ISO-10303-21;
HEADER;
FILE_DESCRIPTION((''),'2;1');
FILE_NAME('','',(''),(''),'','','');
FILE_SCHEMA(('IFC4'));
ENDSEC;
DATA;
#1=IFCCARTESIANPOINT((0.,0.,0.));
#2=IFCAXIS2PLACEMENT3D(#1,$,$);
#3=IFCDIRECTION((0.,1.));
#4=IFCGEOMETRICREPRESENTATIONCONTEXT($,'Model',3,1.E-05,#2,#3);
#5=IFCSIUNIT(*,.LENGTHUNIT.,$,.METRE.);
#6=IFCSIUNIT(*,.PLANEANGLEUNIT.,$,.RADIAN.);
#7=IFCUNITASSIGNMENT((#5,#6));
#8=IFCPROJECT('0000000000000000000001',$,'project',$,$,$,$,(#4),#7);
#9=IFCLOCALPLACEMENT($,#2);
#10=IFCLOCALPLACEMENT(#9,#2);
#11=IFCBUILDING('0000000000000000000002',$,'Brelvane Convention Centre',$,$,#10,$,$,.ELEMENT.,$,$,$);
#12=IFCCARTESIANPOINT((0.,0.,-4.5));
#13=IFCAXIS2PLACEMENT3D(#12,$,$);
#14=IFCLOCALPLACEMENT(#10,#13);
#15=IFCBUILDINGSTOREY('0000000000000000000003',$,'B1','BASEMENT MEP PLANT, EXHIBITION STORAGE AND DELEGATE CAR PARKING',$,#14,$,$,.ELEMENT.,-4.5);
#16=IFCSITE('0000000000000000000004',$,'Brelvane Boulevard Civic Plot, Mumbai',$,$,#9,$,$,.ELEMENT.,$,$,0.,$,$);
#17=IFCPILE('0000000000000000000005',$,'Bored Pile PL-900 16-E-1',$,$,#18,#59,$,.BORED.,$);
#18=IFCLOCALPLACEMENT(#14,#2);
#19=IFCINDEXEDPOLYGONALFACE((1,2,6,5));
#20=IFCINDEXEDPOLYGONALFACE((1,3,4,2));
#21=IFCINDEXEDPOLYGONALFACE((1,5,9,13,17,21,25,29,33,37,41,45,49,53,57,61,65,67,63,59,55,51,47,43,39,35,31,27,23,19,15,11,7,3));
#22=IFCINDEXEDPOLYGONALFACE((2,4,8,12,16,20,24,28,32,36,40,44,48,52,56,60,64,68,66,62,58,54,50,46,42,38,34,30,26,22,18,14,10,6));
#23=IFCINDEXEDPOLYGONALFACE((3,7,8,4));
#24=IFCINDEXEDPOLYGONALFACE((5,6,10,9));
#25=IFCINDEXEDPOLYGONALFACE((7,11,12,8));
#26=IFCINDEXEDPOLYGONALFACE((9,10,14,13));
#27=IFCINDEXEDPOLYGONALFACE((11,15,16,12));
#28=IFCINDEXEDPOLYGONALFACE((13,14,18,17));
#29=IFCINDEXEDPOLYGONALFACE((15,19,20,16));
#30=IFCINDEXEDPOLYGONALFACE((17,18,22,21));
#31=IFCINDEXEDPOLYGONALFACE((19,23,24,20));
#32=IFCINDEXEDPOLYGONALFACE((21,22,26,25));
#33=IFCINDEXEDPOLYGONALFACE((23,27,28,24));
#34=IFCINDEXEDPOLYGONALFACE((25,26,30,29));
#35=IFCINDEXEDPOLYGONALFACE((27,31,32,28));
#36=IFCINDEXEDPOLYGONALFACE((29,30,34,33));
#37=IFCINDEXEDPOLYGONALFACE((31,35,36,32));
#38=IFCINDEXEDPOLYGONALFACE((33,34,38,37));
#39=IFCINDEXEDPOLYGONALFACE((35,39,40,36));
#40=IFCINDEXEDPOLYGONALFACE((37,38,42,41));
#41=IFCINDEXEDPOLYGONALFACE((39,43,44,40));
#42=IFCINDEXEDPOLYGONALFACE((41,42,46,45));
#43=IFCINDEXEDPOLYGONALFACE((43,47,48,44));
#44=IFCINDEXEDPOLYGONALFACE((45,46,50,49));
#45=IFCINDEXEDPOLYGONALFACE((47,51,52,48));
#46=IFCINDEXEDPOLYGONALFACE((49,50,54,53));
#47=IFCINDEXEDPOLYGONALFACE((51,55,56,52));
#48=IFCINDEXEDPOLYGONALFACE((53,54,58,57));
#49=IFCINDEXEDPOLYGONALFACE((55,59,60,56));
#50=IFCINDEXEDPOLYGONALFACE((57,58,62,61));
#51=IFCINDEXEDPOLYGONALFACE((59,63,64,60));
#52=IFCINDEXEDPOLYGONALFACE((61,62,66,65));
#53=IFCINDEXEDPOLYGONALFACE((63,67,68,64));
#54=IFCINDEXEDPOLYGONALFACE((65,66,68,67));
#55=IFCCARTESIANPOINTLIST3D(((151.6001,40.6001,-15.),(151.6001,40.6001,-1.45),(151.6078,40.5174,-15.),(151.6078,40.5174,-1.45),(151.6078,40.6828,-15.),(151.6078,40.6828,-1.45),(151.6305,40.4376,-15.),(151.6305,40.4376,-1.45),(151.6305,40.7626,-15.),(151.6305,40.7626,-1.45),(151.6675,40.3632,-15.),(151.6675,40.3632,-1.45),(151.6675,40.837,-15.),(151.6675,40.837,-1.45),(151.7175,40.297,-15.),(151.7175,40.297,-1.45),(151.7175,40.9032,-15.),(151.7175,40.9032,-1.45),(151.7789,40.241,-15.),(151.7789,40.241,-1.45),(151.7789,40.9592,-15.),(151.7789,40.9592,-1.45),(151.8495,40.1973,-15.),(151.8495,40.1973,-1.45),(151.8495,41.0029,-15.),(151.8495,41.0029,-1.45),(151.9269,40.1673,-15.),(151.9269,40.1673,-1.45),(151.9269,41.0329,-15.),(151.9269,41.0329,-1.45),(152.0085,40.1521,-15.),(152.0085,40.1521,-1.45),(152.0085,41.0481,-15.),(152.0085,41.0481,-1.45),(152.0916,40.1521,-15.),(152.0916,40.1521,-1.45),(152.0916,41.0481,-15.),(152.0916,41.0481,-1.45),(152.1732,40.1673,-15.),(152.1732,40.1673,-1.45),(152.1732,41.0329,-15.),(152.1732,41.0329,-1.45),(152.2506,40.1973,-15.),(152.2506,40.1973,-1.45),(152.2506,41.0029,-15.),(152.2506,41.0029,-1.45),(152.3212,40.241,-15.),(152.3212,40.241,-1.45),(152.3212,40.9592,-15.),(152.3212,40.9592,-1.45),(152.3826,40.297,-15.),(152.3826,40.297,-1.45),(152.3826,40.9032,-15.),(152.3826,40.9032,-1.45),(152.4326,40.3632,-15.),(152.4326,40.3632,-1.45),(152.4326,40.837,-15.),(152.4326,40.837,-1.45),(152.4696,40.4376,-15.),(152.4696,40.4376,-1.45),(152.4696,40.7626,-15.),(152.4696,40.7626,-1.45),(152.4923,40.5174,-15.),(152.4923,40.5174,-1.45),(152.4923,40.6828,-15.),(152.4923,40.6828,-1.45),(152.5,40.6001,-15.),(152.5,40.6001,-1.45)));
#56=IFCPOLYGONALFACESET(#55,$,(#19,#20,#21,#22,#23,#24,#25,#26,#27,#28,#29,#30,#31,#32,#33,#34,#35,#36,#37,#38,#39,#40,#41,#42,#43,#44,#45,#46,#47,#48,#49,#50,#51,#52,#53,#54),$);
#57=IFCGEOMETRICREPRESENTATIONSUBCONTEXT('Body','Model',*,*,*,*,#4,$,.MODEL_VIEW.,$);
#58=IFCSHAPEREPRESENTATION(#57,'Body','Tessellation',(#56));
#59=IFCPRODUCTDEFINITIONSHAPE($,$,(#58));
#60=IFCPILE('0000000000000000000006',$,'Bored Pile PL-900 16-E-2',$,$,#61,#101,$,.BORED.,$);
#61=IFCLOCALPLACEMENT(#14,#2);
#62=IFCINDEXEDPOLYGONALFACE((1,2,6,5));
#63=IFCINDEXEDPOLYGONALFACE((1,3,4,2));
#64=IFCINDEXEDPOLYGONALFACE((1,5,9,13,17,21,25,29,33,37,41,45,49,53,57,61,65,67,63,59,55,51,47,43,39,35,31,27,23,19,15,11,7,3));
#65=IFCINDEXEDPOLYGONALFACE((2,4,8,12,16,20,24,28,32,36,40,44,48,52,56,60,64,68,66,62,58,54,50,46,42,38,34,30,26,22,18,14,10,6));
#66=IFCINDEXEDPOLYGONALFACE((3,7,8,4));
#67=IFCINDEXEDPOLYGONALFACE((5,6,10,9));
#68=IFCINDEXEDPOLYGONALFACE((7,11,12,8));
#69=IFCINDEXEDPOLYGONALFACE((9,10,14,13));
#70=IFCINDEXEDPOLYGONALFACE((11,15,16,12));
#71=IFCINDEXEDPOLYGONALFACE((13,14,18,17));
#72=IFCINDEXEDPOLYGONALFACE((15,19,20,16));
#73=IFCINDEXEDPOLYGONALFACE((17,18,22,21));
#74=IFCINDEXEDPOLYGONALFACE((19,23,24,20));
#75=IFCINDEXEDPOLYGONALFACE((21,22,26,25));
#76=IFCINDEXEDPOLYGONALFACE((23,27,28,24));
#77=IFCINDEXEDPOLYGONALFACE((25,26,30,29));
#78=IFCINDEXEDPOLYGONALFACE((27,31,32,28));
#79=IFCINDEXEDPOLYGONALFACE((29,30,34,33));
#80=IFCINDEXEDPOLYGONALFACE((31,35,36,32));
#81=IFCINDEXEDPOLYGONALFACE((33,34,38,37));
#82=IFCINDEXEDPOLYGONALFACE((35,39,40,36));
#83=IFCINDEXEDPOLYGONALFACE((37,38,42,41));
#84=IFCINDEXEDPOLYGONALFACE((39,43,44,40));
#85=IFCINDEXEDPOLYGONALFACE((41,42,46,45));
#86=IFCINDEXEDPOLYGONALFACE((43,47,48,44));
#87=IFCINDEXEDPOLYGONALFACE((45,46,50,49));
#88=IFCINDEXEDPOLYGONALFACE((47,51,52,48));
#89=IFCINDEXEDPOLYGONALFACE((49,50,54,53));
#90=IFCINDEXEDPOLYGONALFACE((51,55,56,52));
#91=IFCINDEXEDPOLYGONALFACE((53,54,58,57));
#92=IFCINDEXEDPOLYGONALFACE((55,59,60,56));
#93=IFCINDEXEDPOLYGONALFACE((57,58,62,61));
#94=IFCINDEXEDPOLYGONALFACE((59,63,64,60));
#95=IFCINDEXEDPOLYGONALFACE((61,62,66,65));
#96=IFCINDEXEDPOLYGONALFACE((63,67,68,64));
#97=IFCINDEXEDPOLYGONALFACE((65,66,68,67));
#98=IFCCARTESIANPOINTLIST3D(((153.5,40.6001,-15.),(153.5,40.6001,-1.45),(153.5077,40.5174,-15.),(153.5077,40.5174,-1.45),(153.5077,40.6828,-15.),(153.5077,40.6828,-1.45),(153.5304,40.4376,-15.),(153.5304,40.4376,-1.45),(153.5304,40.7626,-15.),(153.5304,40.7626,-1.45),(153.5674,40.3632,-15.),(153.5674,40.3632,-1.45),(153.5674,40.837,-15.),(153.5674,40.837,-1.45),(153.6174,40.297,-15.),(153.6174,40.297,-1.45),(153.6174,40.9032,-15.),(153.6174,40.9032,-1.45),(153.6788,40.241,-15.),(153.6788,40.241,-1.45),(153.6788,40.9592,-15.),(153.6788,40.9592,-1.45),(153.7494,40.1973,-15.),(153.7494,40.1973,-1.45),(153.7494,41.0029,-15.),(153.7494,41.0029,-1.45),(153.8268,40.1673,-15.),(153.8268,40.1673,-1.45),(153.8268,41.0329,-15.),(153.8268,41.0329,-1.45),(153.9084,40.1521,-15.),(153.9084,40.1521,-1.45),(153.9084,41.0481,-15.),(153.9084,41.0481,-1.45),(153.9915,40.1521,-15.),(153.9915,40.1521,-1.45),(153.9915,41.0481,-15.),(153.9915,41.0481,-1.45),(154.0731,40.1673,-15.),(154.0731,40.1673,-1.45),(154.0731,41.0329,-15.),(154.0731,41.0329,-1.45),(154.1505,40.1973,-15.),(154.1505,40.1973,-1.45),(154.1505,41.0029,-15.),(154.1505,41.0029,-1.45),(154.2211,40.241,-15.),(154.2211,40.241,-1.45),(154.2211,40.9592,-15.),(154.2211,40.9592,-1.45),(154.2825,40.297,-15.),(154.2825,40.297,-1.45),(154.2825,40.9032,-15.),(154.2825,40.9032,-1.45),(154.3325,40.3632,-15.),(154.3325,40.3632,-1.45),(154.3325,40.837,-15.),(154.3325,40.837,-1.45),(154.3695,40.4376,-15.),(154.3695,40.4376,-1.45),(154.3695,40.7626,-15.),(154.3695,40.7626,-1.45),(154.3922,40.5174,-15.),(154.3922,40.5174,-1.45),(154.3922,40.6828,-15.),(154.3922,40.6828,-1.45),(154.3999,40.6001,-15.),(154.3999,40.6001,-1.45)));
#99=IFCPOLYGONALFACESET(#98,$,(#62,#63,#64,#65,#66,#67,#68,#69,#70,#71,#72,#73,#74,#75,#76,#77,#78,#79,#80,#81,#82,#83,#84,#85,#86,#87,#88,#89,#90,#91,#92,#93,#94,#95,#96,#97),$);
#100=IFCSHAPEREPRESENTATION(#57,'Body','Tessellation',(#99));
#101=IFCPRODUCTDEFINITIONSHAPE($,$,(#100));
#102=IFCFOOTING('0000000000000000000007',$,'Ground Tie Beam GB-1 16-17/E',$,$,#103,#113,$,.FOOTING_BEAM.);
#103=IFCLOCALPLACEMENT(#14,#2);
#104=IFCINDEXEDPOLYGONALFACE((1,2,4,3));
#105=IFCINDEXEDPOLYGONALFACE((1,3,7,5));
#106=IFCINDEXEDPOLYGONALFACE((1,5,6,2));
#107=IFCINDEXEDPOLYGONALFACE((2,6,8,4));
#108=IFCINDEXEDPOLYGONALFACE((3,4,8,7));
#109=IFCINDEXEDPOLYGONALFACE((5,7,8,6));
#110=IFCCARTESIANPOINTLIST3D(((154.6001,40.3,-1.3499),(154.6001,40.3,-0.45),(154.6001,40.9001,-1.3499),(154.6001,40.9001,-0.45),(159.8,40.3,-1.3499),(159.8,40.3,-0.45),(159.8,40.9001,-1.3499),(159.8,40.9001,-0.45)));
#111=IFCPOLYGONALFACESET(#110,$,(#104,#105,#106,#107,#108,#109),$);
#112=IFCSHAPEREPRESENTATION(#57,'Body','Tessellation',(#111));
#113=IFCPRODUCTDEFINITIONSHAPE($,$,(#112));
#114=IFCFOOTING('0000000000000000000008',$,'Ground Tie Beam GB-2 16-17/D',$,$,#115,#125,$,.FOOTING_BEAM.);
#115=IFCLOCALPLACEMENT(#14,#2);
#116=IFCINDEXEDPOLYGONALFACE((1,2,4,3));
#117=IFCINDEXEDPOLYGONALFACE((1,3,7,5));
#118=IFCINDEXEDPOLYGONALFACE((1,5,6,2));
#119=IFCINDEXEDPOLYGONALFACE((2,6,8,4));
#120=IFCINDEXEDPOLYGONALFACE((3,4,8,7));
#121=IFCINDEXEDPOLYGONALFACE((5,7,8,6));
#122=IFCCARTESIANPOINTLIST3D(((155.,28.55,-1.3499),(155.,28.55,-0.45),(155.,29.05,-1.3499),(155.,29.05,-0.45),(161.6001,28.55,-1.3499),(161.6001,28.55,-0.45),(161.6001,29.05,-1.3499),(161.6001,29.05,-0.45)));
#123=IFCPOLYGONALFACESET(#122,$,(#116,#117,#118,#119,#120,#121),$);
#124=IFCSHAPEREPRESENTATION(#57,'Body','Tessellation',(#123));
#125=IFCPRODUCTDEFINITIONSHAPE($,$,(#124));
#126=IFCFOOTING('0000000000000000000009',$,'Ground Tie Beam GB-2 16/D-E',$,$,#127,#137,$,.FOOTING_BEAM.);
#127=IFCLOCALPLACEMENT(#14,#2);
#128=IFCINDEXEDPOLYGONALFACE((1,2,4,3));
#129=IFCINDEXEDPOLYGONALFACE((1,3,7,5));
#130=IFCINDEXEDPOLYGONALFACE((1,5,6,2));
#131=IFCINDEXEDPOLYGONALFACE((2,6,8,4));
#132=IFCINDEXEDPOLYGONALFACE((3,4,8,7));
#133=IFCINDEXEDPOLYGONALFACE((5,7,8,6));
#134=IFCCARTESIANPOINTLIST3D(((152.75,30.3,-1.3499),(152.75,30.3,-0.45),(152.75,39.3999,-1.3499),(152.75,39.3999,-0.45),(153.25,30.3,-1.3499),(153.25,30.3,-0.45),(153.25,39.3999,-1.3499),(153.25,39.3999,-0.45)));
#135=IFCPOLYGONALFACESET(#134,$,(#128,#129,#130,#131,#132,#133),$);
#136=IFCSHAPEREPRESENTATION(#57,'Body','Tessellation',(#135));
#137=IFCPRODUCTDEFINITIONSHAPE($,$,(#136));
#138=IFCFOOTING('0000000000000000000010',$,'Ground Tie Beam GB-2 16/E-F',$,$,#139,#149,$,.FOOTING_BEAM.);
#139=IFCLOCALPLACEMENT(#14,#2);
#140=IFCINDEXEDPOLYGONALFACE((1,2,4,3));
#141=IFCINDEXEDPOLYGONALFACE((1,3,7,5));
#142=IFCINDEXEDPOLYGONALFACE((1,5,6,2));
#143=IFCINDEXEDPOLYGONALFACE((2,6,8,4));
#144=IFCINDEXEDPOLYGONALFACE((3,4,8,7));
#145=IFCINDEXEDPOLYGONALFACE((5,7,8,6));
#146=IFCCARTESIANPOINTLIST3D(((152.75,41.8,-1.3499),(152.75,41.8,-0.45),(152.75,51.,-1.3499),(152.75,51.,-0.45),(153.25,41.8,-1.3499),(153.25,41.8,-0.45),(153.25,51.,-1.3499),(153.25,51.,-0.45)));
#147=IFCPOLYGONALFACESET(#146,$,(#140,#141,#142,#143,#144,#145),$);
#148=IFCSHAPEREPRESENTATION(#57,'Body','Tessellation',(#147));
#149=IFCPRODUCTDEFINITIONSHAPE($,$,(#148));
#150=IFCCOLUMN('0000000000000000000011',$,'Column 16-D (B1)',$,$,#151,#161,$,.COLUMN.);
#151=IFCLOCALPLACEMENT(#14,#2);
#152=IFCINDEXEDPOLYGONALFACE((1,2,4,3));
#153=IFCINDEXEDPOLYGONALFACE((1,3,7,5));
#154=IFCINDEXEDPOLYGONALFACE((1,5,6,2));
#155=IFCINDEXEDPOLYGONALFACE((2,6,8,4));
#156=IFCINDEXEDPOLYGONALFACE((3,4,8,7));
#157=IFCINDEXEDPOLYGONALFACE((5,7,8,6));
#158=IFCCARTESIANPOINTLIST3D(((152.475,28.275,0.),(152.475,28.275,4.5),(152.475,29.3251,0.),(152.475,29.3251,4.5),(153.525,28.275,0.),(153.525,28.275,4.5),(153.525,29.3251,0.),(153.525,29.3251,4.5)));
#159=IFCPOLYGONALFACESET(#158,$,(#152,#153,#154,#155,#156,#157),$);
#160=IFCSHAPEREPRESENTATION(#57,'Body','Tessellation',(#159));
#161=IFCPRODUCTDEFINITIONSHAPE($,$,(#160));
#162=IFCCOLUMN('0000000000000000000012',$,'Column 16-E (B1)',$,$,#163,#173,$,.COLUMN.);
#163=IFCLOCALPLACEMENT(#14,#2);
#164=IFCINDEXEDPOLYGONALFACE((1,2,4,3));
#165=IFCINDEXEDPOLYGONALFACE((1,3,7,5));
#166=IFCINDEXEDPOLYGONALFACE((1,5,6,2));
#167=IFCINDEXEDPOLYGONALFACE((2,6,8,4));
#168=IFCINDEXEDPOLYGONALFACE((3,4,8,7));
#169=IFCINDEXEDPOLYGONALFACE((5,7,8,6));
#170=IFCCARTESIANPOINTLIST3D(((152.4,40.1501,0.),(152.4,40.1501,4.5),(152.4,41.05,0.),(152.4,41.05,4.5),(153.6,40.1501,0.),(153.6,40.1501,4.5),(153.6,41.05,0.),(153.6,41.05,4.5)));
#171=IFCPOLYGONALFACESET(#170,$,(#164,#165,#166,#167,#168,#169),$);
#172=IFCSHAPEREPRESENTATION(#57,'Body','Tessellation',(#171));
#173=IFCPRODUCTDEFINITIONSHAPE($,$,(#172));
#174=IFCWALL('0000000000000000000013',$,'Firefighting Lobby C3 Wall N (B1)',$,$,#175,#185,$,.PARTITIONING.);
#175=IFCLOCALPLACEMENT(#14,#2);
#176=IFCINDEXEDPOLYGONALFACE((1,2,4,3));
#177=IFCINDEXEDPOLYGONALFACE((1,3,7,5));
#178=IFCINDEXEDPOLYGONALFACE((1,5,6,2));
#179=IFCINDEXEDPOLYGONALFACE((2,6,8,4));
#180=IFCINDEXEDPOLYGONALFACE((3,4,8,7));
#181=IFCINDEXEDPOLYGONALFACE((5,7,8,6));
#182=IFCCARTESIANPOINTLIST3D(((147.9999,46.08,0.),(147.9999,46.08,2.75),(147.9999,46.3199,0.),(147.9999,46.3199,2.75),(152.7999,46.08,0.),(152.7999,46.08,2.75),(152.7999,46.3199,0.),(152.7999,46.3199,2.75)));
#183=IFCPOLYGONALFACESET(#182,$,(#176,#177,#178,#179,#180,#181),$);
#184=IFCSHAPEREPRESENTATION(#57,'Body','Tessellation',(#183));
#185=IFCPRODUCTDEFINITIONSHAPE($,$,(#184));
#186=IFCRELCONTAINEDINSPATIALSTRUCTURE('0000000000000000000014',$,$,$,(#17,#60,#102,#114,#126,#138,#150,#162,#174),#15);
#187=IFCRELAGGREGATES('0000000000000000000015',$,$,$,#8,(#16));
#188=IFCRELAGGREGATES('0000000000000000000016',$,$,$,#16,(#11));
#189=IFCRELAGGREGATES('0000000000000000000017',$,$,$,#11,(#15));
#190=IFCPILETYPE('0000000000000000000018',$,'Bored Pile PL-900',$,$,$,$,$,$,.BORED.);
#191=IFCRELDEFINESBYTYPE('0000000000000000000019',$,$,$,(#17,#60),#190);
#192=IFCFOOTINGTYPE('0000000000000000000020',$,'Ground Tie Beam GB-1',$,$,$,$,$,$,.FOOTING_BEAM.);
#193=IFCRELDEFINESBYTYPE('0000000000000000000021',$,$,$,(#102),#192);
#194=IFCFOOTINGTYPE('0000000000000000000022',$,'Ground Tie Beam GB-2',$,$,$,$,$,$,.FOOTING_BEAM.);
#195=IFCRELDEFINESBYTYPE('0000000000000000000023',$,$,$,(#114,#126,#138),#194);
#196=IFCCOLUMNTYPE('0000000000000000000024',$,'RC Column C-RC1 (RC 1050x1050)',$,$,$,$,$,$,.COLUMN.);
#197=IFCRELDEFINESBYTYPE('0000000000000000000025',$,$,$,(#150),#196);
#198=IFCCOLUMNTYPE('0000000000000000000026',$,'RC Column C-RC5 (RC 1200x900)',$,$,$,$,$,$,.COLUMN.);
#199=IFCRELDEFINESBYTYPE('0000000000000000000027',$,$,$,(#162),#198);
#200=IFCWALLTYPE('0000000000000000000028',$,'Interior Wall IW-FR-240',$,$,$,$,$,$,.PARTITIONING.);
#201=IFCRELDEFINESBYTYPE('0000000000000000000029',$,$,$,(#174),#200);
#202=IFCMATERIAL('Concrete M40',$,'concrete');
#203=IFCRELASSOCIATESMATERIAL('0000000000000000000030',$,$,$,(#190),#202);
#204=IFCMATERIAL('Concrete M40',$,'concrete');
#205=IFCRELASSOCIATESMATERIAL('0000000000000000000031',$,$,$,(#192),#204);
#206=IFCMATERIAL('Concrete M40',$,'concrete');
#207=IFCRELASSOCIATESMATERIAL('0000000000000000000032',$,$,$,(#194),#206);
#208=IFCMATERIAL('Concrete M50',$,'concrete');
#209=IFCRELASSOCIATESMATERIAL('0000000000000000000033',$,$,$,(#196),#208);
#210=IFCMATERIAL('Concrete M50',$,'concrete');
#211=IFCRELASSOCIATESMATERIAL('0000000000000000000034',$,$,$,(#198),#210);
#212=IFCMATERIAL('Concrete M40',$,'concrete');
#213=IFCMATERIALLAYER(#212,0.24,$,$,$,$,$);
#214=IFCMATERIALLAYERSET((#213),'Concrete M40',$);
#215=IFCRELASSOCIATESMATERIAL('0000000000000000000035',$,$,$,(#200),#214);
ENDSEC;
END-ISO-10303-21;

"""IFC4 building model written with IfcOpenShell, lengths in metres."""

from ifc_helpers import new_model, si_unit, direction, frame, frame_2d, origin, origin_2d, place, context, subcontext, project, spatial, rectangle, circle, extrude, material, layer, layer_set, material_profile, profile_set, type_object, element, save


model = new_model("IFC4")

# Units and contexts
model_context = context("Model", 3, precision=1e-05, world=origin(), true_north=direction((0.0, 1.0)))
body_context = subcontext(model_context, "Body", "Model", "MODEL_VIEW")
ifc_project = project(units=[si_unit("LENGTHUNIT", "METRE"), si_unit("PLANEANGLEUNIT", "RADIAN")], contexts=[model_context])

# Site, building, storey
site_placement = place(None, origin())
site = spatial("IfcSite", under=ifc_project, at=site_placement, Name="Brelvane Boulevard Civic Plot, Mumbai", CompositionType="ELEMENT", RefElevation=0.0)
building_placement = place(site_placement, origin())
building = spatial("IfcBuilding", under=site, at=building_placement, Name="Brelvane Convention Centre", CompositionType="ELEMENT")
storey_placement = place(building_placement, frame((0.0, 0.0, -4.5)))
storey = spatial("IfcBuildingStorey", under=building, at=storey_placement, Name="B1", Description="BASEMENT MEP PLANT, EXHIBITION STORAGE AND DELEGATE CAR PARKING", CompositionType="ELEMENT", Elevation=-4.5)

# Piles
ifc_material_1 = material(Name="Concrete M40", Category="concrete")
ifc_material_profile_1 = material_profile(ifc_material_1, circle(Radius=0.45, at=origin_2d()), Name="PILE D900")
ifc_profile_set_1 = profile_set([ifc_material_profile_1], Name="Concrete M40")
pile_type_1 = type_object("IfcPileType", Name="Bored Pile PL-900", PredefinedType="BORED", material=ifc_profile_set_1)
for number, where, z_axis, x_axis, name in (
    (1, (152.05, 40.6001, -1.45), (0.0, 0.0, -1.0), (1.0, 0.0, 0.0), "Bored Pile PL-900 16-E-1"),
    (2, (153.95, 40.6001, -1.45), (0.0, 0.0, -1.0), (1.0, 0.0, 0.0), "Bored Pile PL-900 16-E-2"),
):
    element("IfcPile", number, at=place(storey_placement, frame(where, z_axis=z_axis, x_axis=x_axis)), inside=storey, type_object=pile_type_1, Name=name, PredefinedType="BORED", context=body_context, shape_type="SweptSolid", body=[
        extrude(circle(Radius=0.45, at=origin_2d()), origin(), (0.0, 0.0, 1.0), 13.55),
    ])

# Footings
ifc_material_2 = material(Name="Concrete M40", Category="concrete")
ifc_material_profile_2 = material_profile(ifc_material_2, rectangle(XDim=0.6001, YDim=0.8999, at=origin_2d()), Name="RC 600x900")
ifc_profile_set_2 = profile_set([ifc_material_profile_2], Name="Concrete M40")
footing_type_1 = type_object("IfcFootingType", Name="Ground Tie Beam GB-1", PredefinedType="FOOTING_BEAM", material=ifc_profile_set_2)
footing_1_placement = place(storey_placement, frame((154.6001, 40.6001, -0.8999), z_axis=(1.0, 0.0, 0.0), x_axis=(0.0, 1.0, 0.0)))
element("IfcFooting", 3, at=footing_1_placement, inside=storey, type_object=footing_type_1, Name="Ground Tie Beam GB-1 16-17/E", PredefinedType="FOOTING_BEAM", context=body_context, shape_type="SweptSolid", body=[
    extrude(rectangle(XDim=0.6001, YDim=0.8999, at=origin_2d()), origin(), (0.0, 0.0, 1.0), 5.2),
])
ifc_material_3 = material(Name="Concrete M40", Category="concrete")
ifc_material_profile_3 = material_profile(ifc_material_3, rectangle(XDim=0.5, YDim=0.8999, at=origin_2d()), Name="RC 500x900")
ifc_profile_set_3 = profile_set([ifc_material_profile_3], Name="Concrete M40")
footing_type_2 = type_object("IfcFootingType", Name="Ground Tie Beam GB-2", PredefinedType="FOOTING_BEAM", material=ifc_profile_set_3)
footing_2_placement = place(storey_placement, frame((155.0, 28.8, -0.8999), z_axis=(1.0, 0.0, 0.0), x_axis=(0.0, 1.0, 0.0)))
element("IfcFooting", 4, at=footing_2_placement, inside=storey, type_object=footing_type_2, Name="Ground Tie Beam GB-2 16-17/D", PredefinedType="FOOTING_BEAM", context=body_context, shape_type="SweptSolid", body=[
    extrude(rectangle(XDim=0.5, YDim=0.8999, at=origin_2d()), origin(), (0.0, 0.0, 1.0), 6.6001),
])
footing_3_placement = place(storey_placement, frame((153.0, 30.3, -0.8999), z_axis=(0.0, 1.0, 0.0), x_axis=(-1.0, 0.0, 0.0)))
element("IfcFooting", 5, at=footing_3_placement, inside=storey, type_object=footing_type_2, Name="Ground Tie Beam GB-2 16/D-E", PredefinedType="FOOTING_BEAM", context=body_context, shape_type="SweptSolid", body=[
    extrude(rectangle(XDim=0.5, YDim=0.8999, at=origin_2d()), origin(), (0.0, 0.0, 1.0), 9.0999),
])
footing_4_placement = place(storey_placement, frame((153.0, 41.8, -0.8999), z_axis=(0.0, 1.0, 0.0), x_axis=(-1.0, 0.0, 0.0)))
element("IfcFooting", 6, at=footing_4_placement, inside=storey, type_object=footing_type_2, Name="Ground Tie Beam GB-2 16/E-F", PredefinedType="FOOTING_BEAM", context=body_context, shape_type="SweptSolid", body=[
    extrude(rectangle(XDim=0.5, YDim=0.8999, at=origin_2d()), origin(), (0.0, 0.0, 1.0), 9.2),
])

# Columns
ifc_material_4 = material(Name="Concrete M50", Category="concrete")
ifc_material_profile_4 = material_profile(ifc_material_4, rectangle(XDim=1.05, YDim=1.05, at=origin_2d()), Name="RC 1050x1050")
ifc_profile_set_4 = profile_set([ifc_material_profile_4], Name="Concrete M50")
column_type_1 = type_object("IfcColumnType", Name="RC Column C-RC1 (RC 1050x1050)", PredefinedType="COLUMN", material=ifc_profile_set_4)
column_1_placement = place(storey_placement, frame((153.0, 28.8, 0.0), z_axis=(0.0, 0.0, 1.0), x_axis=(1.0, 0.0, 0.0)))
element("IfcColumn", 7, at=column_1_placement, inside=storey, type_object=column_type_1, Name="Column 16-D (B1)", PredefinedType="COLUMN", context=body_context, shape_type="SweptSolid", body=[
    extrude(rectangle(XDim=1.05, YDim=1.05, at=origin_2d()), origin(), (0.0, 0.0, 1.0), 4.5),
])
ifc_material_5 = material(Name="Concrete M50", Category="concrete")
ifc_material_profile_5 = material_profile(ifc_material_5, rectangle(XDim=1.2, YDim=0.8999, at=origin_2d()), Name="RC 1200x900")
ifc_profile_set_5 = profile_set([ifc_material_profile_5], Name="Concrete M50")
column_type_2 = type_object("IfcColumnType", Name="RC Column C-RC5 (RC 1200x900)", PredefinedType="COLUMN", material=ifc_profile_set_5)
column_2_placement = place(storey_placement, frame((153.0, 40.6001, 0.0), z_axis=(0.0, 0.0, 1.0), x_axis=(1.0, 0.0, 0.0)))
element("IfcColumn", 8, at=column_2_placement, inside=storey, type_object=column_type_2, Name="Column 16-E (B1)", PredefinedType="COLUMN", context=body_context, shape_type="SweptSolid", body=[
    extrude(rectangle(XDim=1.2, YDim=0.8999, at=origin_2d()), origin(), (0.0, 0.0, 1.0), 4.5),
])

# Wall
ifc_material_6 = material(Name="Concrete M40", Category="concrete")
ifc_layer_1 = layer(ifc_material_6, 0.24)
ifc_layer_set_1 = layer_set([ifc_layer_1], Name="Concrete M40")
wall_type_1 = type_object("IfcWallType", Name="Interior Wall IW-FR-240", PredefinedType="PARTITIONING", material=ifc_layer_set_1)
wall_1_placement = place(storey_placement, frame((148.0, 46.2, 0.0), z_axis=(0.0, 0.0, 1.0), x_axis=(1.0, 0.0, 0.0)))
element("IfcWall", 9, at=wall_1_placement, inside=storey, type_object=wall_type_1, Name="Firefighting Lobby C3 Wall N (B1)", PredefinedType="PARTITIONING", context=body_context, shape_type="SweptSolid", body=[
    extrude(rectangle(XDim=4.8, YDim=0.24, at=frame_2d((2.3999, 0.0))), origin(), (0.0, 0.0, 1.0), 2.75),
])

save(model, "model.ifc")
